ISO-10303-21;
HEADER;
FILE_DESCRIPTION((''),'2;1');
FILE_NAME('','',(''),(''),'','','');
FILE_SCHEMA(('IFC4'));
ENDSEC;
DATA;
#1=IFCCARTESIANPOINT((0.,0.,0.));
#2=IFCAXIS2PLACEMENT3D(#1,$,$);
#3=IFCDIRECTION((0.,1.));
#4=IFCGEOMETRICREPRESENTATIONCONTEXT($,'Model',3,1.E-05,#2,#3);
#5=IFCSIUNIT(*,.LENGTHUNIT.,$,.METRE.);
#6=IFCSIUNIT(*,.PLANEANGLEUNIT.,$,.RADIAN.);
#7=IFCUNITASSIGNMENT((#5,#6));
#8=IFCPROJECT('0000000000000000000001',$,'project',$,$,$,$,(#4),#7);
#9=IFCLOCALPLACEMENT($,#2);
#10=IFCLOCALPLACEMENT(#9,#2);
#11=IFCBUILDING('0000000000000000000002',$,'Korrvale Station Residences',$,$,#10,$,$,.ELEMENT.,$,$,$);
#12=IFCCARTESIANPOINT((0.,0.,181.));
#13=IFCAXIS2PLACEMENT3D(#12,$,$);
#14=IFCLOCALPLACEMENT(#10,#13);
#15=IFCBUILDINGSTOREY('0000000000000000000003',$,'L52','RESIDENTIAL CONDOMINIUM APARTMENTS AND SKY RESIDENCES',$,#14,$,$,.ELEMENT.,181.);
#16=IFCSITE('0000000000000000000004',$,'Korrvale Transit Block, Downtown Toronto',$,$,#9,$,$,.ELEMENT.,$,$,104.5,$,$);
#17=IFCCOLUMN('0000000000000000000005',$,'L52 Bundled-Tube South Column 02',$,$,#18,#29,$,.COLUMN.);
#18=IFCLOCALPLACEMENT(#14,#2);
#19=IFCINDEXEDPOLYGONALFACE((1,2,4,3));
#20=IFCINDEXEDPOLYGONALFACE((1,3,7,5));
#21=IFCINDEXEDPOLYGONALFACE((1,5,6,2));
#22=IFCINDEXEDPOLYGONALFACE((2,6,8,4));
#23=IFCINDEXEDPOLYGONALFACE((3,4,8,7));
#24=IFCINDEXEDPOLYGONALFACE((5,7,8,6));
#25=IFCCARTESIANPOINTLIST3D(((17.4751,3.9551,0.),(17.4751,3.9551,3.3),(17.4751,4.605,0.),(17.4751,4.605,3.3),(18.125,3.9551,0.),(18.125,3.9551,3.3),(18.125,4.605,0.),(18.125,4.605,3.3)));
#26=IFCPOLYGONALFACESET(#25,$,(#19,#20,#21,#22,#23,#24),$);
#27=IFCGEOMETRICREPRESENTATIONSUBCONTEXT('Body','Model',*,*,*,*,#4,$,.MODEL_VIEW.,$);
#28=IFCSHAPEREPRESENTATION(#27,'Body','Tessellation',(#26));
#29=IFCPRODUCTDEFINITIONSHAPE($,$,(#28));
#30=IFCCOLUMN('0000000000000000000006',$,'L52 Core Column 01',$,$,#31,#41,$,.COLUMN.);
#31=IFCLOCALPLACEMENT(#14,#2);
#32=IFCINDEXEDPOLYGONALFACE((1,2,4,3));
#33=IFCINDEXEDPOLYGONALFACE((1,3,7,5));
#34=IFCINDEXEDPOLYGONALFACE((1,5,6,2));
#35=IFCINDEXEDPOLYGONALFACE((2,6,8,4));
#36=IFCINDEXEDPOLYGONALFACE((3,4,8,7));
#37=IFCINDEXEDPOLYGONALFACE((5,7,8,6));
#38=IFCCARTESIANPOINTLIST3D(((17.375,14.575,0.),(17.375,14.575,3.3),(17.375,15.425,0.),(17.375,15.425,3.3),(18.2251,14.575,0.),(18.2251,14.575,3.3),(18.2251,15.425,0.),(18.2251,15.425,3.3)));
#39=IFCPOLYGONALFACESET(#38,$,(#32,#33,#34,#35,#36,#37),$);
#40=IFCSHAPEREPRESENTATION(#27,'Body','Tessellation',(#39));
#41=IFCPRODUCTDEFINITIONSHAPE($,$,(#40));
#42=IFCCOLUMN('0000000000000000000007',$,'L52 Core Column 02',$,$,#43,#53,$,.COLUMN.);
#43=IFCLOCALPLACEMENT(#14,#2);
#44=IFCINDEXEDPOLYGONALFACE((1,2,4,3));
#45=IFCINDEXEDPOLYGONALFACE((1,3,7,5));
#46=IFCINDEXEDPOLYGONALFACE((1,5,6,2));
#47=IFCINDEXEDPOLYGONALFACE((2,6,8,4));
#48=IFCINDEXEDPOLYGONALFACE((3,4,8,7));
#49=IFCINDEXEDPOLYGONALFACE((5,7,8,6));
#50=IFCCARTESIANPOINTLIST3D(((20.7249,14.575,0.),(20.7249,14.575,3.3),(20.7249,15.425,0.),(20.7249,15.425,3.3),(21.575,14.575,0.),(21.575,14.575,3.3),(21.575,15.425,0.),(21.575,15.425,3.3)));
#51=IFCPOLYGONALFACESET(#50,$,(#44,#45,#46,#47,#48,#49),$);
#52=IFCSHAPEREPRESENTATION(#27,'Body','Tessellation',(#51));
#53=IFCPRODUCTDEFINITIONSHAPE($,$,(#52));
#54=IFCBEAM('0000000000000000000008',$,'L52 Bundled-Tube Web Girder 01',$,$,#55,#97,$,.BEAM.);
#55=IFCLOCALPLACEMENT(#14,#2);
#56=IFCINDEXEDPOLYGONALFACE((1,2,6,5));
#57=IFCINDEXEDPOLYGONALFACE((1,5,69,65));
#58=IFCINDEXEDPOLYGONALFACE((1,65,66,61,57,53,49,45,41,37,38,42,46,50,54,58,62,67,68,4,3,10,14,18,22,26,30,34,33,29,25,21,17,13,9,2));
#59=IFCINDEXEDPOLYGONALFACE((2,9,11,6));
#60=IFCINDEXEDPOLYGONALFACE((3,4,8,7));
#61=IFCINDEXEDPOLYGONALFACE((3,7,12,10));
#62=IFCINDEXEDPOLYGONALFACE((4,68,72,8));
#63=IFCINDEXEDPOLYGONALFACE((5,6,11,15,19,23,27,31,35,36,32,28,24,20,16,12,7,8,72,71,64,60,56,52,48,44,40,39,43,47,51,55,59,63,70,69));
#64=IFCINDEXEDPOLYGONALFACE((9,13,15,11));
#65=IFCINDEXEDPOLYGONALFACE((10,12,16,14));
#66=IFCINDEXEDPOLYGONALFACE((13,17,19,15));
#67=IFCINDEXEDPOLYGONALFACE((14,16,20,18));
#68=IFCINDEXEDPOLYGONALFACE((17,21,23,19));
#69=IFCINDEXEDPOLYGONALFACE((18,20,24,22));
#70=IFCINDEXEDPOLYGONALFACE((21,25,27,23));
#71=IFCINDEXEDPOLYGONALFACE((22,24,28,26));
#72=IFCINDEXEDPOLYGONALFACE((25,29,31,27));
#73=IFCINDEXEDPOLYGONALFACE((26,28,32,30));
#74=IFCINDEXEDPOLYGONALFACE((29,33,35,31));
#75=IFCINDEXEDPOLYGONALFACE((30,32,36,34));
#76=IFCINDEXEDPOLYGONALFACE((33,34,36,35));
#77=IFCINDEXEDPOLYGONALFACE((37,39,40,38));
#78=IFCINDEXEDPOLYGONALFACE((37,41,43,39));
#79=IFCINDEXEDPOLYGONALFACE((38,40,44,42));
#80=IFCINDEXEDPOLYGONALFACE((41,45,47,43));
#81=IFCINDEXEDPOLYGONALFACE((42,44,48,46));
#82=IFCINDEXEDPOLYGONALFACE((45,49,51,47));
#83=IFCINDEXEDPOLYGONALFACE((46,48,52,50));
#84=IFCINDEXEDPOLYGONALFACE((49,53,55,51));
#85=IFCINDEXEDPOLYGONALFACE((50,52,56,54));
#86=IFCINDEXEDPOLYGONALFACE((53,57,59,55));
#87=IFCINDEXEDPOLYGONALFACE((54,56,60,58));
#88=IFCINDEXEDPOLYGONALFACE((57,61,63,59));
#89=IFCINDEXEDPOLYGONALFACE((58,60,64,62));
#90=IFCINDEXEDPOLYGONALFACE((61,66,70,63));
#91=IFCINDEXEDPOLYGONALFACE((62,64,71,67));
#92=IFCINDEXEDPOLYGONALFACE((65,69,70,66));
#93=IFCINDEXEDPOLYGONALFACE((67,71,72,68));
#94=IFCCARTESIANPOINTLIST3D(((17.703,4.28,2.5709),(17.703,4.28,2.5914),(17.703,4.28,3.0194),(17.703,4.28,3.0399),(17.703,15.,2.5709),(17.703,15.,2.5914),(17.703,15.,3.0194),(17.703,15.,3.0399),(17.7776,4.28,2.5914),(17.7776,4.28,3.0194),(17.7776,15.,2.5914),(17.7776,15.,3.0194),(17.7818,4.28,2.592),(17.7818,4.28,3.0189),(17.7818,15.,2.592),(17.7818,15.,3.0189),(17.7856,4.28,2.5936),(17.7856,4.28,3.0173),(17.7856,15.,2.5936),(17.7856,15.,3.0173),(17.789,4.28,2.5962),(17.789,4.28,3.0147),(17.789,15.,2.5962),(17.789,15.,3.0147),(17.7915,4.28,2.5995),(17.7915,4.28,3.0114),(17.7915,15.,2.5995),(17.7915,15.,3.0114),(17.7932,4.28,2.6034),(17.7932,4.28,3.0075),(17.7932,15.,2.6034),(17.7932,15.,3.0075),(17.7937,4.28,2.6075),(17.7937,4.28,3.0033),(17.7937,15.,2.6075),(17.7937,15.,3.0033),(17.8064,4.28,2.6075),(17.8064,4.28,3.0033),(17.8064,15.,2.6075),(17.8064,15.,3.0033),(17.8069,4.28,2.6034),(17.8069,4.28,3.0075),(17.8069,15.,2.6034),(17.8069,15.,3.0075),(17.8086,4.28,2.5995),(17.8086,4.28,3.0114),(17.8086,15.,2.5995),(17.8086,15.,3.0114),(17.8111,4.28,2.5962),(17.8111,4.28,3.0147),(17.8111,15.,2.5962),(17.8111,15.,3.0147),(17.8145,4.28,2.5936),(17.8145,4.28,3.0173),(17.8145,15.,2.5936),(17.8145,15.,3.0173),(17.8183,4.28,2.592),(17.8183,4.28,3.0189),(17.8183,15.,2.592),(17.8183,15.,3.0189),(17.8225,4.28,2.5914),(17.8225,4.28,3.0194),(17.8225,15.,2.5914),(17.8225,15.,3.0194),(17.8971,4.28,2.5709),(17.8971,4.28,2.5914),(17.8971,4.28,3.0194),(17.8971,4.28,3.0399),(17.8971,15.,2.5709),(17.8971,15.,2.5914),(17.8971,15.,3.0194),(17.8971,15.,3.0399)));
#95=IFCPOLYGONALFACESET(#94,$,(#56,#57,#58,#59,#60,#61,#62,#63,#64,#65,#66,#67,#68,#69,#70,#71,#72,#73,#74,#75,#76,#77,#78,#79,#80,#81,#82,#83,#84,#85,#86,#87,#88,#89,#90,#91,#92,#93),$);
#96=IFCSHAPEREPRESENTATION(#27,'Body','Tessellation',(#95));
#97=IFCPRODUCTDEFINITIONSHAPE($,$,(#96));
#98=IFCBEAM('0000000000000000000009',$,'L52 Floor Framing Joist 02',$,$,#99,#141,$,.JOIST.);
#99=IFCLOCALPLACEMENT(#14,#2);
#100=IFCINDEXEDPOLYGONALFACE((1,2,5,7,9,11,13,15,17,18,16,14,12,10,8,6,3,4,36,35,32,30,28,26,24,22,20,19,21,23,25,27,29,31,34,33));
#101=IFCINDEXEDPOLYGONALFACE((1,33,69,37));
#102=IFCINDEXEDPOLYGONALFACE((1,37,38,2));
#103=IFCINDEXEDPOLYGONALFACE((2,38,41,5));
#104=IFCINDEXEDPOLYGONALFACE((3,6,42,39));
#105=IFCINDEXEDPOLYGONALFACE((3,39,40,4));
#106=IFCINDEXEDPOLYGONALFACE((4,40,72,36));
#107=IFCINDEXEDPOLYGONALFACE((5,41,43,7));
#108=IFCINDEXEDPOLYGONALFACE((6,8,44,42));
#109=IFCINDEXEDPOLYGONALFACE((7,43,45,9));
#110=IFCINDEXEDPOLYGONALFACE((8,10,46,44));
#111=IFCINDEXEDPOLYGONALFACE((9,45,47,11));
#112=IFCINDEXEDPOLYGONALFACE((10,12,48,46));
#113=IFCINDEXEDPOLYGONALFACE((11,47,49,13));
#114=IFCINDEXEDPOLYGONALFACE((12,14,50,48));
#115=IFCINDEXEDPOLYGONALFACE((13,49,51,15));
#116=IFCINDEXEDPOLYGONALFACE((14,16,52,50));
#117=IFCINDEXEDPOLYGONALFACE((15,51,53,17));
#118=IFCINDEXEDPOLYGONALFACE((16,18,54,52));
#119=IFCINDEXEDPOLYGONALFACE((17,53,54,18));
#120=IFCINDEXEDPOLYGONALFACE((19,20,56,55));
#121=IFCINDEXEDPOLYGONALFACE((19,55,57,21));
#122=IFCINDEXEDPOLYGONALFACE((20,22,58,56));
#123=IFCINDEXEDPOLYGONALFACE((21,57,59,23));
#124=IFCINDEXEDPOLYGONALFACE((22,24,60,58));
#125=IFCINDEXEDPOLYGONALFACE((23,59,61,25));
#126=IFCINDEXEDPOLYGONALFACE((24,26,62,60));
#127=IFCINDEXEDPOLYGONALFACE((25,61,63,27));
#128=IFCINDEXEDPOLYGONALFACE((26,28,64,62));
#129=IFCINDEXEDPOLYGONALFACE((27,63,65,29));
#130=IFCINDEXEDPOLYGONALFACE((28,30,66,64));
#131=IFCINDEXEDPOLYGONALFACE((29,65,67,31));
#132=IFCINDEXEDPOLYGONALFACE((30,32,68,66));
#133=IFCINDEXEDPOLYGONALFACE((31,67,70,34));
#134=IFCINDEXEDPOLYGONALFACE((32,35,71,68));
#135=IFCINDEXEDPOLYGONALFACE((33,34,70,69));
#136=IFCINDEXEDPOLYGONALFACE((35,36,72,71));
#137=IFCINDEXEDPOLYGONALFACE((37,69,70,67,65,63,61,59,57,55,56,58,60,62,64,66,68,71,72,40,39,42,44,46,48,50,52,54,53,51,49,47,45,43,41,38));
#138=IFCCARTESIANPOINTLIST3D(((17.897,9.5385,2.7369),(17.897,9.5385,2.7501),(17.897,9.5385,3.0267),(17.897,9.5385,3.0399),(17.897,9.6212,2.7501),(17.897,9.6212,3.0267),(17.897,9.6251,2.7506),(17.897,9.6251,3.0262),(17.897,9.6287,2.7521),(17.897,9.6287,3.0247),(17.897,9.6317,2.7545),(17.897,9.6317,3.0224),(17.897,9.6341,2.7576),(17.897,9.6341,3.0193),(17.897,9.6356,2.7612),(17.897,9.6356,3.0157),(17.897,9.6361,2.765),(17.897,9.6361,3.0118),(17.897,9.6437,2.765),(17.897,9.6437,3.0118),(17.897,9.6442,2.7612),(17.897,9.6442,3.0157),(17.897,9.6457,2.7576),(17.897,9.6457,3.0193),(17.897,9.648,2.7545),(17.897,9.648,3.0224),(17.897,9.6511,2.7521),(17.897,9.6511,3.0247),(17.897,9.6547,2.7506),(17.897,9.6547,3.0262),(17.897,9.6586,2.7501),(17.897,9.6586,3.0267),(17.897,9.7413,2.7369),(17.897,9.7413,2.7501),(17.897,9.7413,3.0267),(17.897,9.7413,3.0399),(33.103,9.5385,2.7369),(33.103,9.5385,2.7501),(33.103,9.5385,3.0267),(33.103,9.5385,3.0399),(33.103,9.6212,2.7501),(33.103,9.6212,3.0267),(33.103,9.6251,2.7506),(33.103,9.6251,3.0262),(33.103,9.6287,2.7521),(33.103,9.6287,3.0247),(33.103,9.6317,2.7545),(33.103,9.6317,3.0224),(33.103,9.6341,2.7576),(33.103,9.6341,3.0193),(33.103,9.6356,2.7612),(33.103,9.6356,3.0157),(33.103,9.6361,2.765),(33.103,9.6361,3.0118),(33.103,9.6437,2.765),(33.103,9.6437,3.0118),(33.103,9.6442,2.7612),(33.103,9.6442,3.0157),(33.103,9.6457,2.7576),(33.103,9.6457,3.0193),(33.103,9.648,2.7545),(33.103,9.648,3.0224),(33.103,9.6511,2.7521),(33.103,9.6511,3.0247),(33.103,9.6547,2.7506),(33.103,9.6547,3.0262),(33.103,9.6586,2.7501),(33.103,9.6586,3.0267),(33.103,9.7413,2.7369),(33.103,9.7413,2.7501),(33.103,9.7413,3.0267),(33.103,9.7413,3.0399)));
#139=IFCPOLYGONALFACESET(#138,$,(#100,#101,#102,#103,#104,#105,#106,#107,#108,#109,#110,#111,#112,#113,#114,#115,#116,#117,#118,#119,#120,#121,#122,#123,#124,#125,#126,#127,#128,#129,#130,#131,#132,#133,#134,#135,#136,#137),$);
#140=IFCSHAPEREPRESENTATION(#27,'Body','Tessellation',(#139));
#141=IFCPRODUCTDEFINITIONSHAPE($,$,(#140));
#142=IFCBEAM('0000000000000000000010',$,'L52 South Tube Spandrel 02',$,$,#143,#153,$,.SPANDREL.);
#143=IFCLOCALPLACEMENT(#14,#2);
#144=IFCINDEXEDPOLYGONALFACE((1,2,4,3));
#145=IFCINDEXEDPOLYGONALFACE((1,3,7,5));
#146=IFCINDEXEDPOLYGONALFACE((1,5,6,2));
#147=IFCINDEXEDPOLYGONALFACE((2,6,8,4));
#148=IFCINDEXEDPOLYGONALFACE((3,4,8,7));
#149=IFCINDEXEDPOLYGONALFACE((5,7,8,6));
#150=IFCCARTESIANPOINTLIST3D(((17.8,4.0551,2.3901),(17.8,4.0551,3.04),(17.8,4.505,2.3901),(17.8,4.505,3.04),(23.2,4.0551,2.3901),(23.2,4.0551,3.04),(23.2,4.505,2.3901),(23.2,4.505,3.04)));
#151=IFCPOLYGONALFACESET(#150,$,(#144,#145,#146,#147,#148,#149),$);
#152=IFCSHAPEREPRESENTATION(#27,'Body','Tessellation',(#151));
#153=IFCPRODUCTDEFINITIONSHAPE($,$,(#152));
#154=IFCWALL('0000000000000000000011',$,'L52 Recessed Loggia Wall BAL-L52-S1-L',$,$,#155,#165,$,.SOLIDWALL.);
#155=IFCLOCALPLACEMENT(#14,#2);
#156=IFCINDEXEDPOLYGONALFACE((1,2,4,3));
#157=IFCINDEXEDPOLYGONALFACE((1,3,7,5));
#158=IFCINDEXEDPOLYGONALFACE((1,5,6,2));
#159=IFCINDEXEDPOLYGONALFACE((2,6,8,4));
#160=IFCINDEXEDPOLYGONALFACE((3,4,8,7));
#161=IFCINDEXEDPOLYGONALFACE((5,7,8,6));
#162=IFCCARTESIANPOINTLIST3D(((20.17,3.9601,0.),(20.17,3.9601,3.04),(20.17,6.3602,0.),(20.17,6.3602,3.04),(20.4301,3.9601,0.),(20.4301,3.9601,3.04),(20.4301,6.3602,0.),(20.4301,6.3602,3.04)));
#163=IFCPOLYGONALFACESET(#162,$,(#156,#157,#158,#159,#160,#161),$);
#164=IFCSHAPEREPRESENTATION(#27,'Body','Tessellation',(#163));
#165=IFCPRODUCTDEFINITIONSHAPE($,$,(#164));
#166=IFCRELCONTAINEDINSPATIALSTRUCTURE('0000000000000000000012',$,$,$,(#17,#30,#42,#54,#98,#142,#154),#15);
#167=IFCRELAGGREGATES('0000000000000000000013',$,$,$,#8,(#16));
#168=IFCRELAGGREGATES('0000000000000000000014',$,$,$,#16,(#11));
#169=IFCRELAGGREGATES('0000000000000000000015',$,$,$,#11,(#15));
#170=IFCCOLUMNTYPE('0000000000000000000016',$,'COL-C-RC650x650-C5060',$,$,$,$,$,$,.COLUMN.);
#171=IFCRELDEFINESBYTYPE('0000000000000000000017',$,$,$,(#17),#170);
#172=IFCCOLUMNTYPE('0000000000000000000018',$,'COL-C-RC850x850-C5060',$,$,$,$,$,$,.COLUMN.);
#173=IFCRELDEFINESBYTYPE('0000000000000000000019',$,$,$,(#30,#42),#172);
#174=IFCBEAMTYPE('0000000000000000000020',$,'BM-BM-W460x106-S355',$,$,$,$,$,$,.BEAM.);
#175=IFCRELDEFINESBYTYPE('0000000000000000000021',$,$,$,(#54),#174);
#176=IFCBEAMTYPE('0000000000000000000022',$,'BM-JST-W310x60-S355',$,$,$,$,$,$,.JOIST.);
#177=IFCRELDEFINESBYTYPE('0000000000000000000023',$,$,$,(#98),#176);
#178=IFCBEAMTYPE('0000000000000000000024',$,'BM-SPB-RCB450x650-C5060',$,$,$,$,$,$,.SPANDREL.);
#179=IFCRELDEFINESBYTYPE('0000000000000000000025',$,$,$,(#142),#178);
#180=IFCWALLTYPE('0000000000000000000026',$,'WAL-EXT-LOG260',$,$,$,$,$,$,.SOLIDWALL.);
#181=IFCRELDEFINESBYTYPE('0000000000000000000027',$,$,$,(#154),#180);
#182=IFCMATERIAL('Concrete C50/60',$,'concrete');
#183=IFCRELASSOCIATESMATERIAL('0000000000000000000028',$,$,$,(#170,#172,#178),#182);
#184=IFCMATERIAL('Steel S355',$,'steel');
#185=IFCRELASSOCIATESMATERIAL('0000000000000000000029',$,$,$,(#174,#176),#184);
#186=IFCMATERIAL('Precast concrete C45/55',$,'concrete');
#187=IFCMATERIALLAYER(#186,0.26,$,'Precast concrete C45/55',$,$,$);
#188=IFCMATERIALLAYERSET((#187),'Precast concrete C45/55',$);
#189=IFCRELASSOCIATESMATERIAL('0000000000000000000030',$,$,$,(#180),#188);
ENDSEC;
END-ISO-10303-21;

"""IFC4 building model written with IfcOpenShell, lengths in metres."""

from ifc_helpers import new_model, si_unit, direction, frame, frame_2d, origin, origin_2d, place, context, subcontext, project, spatial, rectangle, i_section, extrude, material, layer, layer_set, material_profile, profile_set, type_object, element, save


model = new_model("IFC4")

# Units and contexts
model_context = context("Model", 3, precision=1e-05, world=origin(), true_north=direction((0.0, 1.0)))
body_context = subcontext(model_context, "Body", "Model", "MODEL_VIEW")
ifc_project = project(units=[si_unit("LENGTHUNIT", "METRE"), si_unit("PLANEANGLEUNIT", "RADIAN")], contexts=[model_context])

# Site, building, storey
site_placement = place(None, origin())
site = spatial("IfcSite", under=ifc_project, at=site_placement, Name="Korrvale Transit Block, Downtown Toronto", CompositionType="ELEMENT", RefElevation=104.5)
building_placement = place(site_placement, origin())
building = spatial("IfcBuilding", under=site, at=building_placement, Name="Korrvale Station Residences", CompositionType="ELEMENT")
storey_placement = place(building_placement, frame((0.0, 0.0, 181.0)))
storey = spatial("IfcBuildingStorey", under=building, at=storey_placement, Name="L52", Description="RESIDENTIAL CONDOMINIUM APARTMENTS AND SKY RESIDENCES", CompositionType="ELEMENT", Elevation=181.0)

# Columns
ifc_material_1 = material(Name="Concrete C50/60", Category="concrete")
ifc_material_profile_1 = material_profile(ifc_material_1, rectangle(XDim=0.6499, YDim=0.6499, at=origin_2d()), Name="RC650x650")
ifc_profile_set_1 = profile_set([ifc_material_profile_1], Name="Concrete C50/60")
column_type_1 = type_object("IfcColumnType", Name="COL-C-RC650x650-C5060", PredefinedType="COLUMN", material=ifc_profile_set_1)
column_placement = place(storey_placement, frame((17.8, 4.28, 0.0), z_axis=(0.0, 0.0, 1.0), x_axis=(1.0, 0.0, 0.0)))
element("IfcColumn", 1, at=column_placement, inside=storey, type_object=column_type_1, Name="L52 Bundled-Tube South Column 02", PredefinedType="COLUMN", context=body_context, shape_type="SweptSolid", body=[
    extrude(rectangle(XDim=0.6499, YDim=0.6499, at=origin_2d()), origin(), (0.0, 0.0, 1.0), 3.3),
])
ifc_material_profile_2 = material_profile(ifc_material_1, rectangle(XDim=0.8501, YDim=0.8501, at=origin_2d()), Name="RC850x850")
ifc_profile_set_2 = profile_set([ifc_material_profile_2], Name="Concrete C50/60")
column_type_2 = type_object("IfcColumnType", Name="COL-C-RC850x850-C5060", PredefinedType="COLUMN", material=ifc_profile_set_2)
for number, where, z_axis, x_axis, name in (
    (2, (17.8, 15.0, 0.0), (0.0, 0.0, 1.0), (1.0, 0.0, 0.0), "L52 Core Column 01"),
    (3, (21.1499, 15.0, 0.0), (0.0, 0.0, 1.0), (1.0, 0.0, 0.0), "L52 Core Column 02"),
):
    element("IfcColumn", number, at=place(storey_placement, frame(where, z_axis=z_axis, x_axis=x_axis)), inside=storey, type_object=column_type_2, Name=name, PredefinedType="COLUMN", context=body_context, shape_type="SweptSolid", body=[
        extrude(rectangle(XDim=0.8501, YDim=0.8501, at=origin_2d()), origin(), (0.0, 0.0, 1.0), 3.3),
    ])

# Beams
ifc_material_2 = material(Name="Steel S355", Category="steel")
ifc_material_profile_3 = material_profile(ifc_material_2, i_section(OverallWidth=0.1941, OverallDepth=0.469, WebThickness=0.0127, FlangeThickness=0.0205, FilletRadius=0.0161, at=origin_2d()), Name="W460x106")
ifc_profile_set_3 = profile_set([ifc_material_profile_3], Name="Steel S355")
beam_type_1 = type_object("IfcBeamType", Name="BM-BM-W460x106-S355", PredefinedType="BEAM", material=ifc_profile_set_3)
beam_1_placement = place(storey_placement, frame((17.8, 4.28, 2.8054), z_axis=(0.0, 1.0, 0.0), x_axis=(-1.0, 0.0, 0.0)))
element("IfcBeam", 4, at=beam_1_placement, inside=storey, type_object=beam_type_1, Name="L52 Bundled-Tube Web Girder 01", PredefinedType="BEAM", context=body_context, shape_type="SweptSolid", body=[
    extrude(i_section(OverallWidth=0.1941, OverallDepth=0.469, WebThickness=0.0127, FlangeThickness=0.0205, FilletRadius=0.0161, at=origin_2d()), origin(), (0.0, 0.0, 1.0), 10.72),
])
ifc_material_profile_4 = material_profile(ifc_material_2, i_section(OverallWidth=0.2029, OverallDepth=0.303, WebThickness=0.0076, FlangeThickness=0.0132, FilletRadius=0.0149, at=origin_2d()), Name="W310x60")
ifc_profile_set_4 = profile_set([ifc_material_profile_4], Name="Steel S355")
beam_type_2 = type_object("IfcBeamType", Name="BM-JST-W310x60-S355", PredefinedType="JOIST", material=ifc_profile_set_4)
beam_2_placement = place(storey_placement, frame((17.897, 9.6399, 2.8884), z_axis=(1.0, 0.0, 0.0), x_axis=(0.0, 1.0, 0.0)))
element("IfcBeam", 5, at=beam_2_placement, inside=storey, type_object=beam_type_2, Name="L52 Floor Framing Joist 02", PredefinedType="JOIST", context=body_context, shape_type="SweptSolid", body=[
    extrude(i_section(OverallWidth=0.2029, OverallDepth=0.303, WebThickness=0.0076, FlangeThickness=0.0132, FilletRadius=0.0149, at=origin_2d()), origin(), (0.0, 0.0, 1.0), 15.2061),
])
ifc_material_profile_5 = material_profile(ifc_material_1, rectangle(XDim=0.45, YDim=0.6499, at=origin_2d()), Name="RCB450x650")
ifc_profile_set_5 = profile_set([ifc_material_profile_5], Name="Concrete C50/60")
beam_type_3 = type_object("IfcBeamType", Name="BM-SPB-RCB450x650-C5060", PredefinedType="SPANDREL", material=ifc_profile_set_5)
beam_3_placement = place(storey_placement, frame((17.8, 4.28, 2.7151), z_axis=(1.0, 0.0, 0.0), x_axis=(0.0, 1.0, 0.0)))
element("IfcBeam", 6, at=beam_3_placement, inside=storey, type_object=beam_type_3, Name="L52 South Tube Spandrel 02", PredefinedType="SPANDREL", context=body_context, shape_type="SweptSolid", body=[
    extrude(rectangle(XDim=0.45, YDim=0.6499, at=origin_2d()), origin(), (0.0, 0.0, 1.0), 5.3999),
])

# Wall
ifc_material_3 = material(Name="Precast concrete C45/55", Category="concrete")
ifc_layer_1 = layer(ifc_material_3, 0.26, Name="Precast concrete C45/55")
ifc_layer_set_1 = layer_set([ifc_layer_1], Name="Precast concrete C45/55")
wall_type_1 = type_object("IfcWallType", Name="WAL-EXT-LOG260", PredefinedType="SOLIDWALL", material=ifc_layer_set_1)
wall_1_placement = place(storey_placement, frame((20.3, 3.96, 0.0), z_axis=(0.0, 0.0, 1.0), x_axis=(0.0, 1.0, 0.0)))
element("IfcWall", 7, at=wall_1_placement, inside=storey, type_object=wall_type_1, Name="L52 Recessed Loggia Wall BAL-L52-S1-L", PredefinedType="SOLIDWALL", context=body_context, shape_type="SweptSolid", body=[
    extrude(rectangle(XDim=2.4001, YDim=0.26, at=frame_2d((1.2002, 0.0))), origin(), (0.0, 0.0, 1.0), 3.04),
])

save(model, "model.ifc")
